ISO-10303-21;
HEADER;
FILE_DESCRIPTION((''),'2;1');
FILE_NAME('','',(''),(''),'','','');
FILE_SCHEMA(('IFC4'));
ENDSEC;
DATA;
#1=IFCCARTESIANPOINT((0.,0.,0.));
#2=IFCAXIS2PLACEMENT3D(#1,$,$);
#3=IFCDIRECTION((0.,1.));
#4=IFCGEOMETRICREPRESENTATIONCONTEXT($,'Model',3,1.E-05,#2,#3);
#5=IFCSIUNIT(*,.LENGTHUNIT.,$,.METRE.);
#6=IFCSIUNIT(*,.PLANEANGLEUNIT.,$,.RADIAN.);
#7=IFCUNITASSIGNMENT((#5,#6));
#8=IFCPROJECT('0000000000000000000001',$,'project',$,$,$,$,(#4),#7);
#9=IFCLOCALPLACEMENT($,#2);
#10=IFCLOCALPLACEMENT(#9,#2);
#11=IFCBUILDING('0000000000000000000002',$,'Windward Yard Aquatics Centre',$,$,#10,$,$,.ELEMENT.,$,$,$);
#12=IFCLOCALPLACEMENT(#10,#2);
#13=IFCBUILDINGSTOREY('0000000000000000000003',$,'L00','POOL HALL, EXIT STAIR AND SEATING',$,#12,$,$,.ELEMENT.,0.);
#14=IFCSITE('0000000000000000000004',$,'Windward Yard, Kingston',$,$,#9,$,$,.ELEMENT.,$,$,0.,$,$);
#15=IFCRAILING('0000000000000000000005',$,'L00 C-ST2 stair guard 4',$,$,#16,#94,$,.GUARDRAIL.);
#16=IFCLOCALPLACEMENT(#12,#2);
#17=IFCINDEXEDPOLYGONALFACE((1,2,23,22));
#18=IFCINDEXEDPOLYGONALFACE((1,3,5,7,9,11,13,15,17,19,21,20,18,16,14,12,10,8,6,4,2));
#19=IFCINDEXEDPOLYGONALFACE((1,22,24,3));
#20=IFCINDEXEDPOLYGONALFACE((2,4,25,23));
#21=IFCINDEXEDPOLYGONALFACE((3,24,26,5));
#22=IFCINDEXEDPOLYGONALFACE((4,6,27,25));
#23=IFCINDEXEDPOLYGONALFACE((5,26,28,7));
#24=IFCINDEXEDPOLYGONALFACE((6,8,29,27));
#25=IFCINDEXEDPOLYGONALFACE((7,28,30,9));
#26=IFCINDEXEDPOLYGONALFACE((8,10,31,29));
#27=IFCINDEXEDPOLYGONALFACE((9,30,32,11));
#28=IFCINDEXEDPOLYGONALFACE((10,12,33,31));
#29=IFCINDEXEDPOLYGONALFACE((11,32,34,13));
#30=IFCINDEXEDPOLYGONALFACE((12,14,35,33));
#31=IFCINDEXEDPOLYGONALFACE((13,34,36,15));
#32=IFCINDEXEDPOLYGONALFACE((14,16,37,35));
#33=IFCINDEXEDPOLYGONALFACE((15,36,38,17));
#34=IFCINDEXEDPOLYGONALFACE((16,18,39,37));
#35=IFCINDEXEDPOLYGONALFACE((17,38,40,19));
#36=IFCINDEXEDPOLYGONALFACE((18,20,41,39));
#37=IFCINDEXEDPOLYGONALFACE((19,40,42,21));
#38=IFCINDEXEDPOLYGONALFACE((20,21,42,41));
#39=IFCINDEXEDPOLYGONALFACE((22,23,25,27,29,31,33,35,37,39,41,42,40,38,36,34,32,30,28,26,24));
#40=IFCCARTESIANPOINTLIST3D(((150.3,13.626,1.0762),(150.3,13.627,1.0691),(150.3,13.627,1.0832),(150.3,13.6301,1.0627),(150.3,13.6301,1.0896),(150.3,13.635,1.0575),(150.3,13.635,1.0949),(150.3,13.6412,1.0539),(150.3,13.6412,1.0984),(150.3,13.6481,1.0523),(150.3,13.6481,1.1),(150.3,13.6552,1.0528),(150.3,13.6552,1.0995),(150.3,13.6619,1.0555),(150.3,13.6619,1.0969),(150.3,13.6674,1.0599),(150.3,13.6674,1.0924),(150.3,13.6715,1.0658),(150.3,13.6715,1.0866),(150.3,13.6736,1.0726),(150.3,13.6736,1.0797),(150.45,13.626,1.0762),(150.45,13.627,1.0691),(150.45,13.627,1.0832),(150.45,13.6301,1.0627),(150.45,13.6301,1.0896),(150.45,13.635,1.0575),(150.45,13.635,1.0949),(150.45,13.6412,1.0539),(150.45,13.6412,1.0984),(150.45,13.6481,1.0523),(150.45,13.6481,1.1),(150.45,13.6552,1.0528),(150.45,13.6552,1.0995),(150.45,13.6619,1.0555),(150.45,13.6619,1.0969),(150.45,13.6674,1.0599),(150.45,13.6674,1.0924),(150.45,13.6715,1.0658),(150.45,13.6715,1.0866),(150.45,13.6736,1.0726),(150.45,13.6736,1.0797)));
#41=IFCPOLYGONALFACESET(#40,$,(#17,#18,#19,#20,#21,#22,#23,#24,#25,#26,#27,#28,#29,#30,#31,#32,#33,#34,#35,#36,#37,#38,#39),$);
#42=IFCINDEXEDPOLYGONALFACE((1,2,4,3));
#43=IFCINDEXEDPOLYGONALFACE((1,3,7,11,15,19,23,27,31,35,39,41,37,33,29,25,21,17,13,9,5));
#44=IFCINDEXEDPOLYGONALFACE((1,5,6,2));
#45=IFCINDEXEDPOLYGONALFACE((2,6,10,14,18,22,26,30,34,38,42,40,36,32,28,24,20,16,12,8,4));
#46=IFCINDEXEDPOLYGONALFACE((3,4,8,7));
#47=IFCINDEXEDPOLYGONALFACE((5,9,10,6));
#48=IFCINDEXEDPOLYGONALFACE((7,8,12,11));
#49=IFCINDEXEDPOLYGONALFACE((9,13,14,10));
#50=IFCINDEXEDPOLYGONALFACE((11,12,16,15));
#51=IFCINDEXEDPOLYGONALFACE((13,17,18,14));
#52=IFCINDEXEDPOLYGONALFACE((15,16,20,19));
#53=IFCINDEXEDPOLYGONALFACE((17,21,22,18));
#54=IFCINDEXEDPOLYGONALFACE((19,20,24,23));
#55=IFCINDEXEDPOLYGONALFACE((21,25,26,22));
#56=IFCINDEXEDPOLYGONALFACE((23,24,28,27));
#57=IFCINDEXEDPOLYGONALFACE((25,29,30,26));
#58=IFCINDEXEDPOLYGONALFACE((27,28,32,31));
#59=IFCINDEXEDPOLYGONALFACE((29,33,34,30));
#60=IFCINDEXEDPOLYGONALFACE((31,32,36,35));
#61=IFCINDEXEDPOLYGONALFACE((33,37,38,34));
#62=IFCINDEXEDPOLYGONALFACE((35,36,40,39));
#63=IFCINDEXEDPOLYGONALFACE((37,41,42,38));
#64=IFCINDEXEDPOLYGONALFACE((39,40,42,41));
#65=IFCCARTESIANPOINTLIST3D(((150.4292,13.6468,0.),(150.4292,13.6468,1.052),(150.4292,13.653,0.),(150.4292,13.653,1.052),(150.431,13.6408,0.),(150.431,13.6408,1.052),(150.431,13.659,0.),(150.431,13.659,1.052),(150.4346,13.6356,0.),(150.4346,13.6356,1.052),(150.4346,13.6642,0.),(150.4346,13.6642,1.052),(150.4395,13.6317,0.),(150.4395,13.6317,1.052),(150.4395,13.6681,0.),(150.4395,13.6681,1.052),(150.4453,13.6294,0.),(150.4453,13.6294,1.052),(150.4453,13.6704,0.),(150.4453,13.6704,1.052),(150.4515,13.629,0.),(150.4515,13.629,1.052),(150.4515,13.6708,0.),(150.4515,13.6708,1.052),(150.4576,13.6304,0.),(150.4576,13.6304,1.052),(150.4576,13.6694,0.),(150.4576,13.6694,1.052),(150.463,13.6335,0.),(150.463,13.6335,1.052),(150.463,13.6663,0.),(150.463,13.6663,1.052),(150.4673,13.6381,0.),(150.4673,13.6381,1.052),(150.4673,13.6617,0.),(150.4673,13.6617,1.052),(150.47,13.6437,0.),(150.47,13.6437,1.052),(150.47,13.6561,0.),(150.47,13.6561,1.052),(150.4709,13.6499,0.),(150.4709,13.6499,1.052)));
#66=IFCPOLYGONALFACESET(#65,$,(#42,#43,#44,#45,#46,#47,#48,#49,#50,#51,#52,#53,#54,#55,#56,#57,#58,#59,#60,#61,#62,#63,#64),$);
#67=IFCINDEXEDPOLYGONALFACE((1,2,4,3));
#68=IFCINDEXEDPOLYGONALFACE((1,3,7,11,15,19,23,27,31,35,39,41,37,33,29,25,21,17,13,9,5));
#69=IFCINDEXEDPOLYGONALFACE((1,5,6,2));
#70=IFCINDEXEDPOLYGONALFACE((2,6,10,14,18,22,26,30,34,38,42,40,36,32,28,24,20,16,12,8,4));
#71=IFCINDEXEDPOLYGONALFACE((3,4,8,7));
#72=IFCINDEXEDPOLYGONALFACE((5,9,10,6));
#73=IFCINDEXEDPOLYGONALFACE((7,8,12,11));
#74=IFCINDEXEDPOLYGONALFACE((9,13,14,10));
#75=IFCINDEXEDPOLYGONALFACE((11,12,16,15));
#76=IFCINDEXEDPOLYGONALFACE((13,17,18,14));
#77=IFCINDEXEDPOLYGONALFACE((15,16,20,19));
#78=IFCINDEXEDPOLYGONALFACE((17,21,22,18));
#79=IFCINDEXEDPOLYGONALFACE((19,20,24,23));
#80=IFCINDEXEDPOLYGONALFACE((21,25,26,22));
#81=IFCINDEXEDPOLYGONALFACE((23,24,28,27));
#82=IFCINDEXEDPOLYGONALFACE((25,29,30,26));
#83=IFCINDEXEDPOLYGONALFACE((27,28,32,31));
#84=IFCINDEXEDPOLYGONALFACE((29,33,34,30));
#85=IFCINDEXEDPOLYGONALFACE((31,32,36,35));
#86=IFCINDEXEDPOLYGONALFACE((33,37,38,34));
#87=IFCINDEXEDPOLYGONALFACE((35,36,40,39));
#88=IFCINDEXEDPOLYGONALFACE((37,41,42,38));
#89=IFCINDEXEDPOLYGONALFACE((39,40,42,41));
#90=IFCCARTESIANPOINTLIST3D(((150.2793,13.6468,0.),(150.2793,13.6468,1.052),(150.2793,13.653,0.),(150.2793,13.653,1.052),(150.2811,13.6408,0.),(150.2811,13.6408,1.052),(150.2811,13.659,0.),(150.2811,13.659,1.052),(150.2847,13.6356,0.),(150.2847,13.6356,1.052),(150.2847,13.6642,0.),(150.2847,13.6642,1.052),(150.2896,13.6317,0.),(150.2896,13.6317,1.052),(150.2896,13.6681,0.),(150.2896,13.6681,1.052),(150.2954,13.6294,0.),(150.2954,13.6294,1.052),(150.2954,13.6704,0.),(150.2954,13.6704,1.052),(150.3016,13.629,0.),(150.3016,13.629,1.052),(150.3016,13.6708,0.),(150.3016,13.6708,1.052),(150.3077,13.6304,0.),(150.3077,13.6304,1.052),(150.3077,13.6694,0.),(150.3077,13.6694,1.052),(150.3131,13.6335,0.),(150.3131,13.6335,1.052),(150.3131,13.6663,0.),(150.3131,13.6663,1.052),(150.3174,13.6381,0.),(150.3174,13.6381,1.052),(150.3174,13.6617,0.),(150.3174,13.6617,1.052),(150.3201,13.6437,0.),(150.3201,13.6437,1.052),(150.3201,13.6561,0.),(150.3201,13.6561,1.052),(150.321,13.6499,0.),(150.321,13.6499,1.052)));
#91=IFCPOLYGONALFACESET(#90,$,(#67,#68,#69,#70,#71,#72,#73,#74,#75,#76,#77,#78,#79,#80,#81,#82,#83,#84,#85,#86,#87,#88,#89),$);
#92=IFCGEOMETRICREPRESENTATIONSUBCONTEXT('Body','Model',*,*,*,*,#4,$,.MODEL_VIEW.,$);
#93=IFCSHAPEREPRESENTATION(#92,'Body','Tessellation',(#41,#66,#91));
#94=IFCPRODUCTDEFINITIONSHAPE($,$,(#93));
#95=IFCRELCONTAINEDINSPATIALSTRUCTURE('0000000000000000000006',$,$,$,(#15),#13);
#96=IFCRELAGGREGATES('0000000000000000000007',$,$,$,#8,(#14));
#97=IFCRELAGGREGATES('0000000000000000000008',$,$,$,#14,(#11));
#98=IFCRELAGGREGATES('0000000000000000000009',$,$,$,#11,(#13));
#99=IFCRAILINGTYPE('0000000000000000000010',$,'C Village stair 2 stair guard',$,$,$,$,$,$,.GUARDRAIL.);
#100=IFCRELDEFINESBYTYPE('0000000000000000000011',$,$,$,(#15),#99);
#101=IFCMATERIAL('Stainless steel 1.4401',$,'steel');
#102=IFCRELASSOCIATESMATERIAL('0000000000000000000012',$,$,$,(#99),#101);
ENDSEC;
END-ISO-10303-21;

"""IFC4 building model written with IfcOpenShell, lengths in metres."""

from ifc_helpers import new_model, si_unit, direction, frame, origin, origin_2d, place, context, subcontext, project, spatial, circle, extrude, material, type_object, element, save


model = new_model("IFC4")

# Units and contexts
model_context = context("Model", 3, precision=1e-05, world=origin(), true_north=direction((0.0, 1.0)))
body_context = subcontext(model_context, "Body", "Model", "MODEL_VIEW")
ifc_project = project(units=[si_unit("LENGTHUNIT", "METRE"), si_unit("PLANEANGLEUNIT", "RADIAN")], contexts=[model_context])

# Site, building, storey
site_placement = place(None, origin())
site = spatial("IfcSite", under=ifc_project, at=site_placement, Name="Windward Yard, Kingston", CompositionType="ELEMENT", RefElevation=0.0)
building_placement = place(site_placement, origin())
building = spatial("IfcBuilding", under=site, at=building_placement, Name="Windward Yard Aquatics Centre", CompositionType="ELEMENT")
storey_placement = place(building_placement, origin())
storey = spatial("IfcBuildingStorey", under=building, at=storey_placement, Name="L00", Description="POOL HALL, EXIT STAIR AND SEATING", CompositionType="ELEMENT", Elevation=0.0)

# Railing
ifc_material_1 = material(Name="Stainless steel 1.4401", Category="steel")
railing_type_1 = type_object("IfcRailingType", Name="C Village stair 2 stair guard", PredefinedType="GUARDRAIL", material=ifc_material_1)
railing_1_placement = place(storey_placement, frame((150.45, 13.6499, 0.0)))
element("IfcRailing", 1, at=railing_1_placement, inside=storey, type_object=railing_type_1, Name="L00 C-ST2 stair guard 4", PredefinedType="GUARDRAIL", context=body_context, shape_type="SweptSolid", body=[
    extrude(circle(Radius=0.0239, at=origin_2d()), frame((0.0, 0.0, 1.0762), z_axis=(-1.0, 0.0, 0.0), x_axis=(0.0, -1.0, 0.0)), (0.0, 0.0, 1.0), 0.1499),
    extrude(circle(Radius=0.021, at=origin_2d()), origin(), (0.0, 0.0, 1.0), 1.052),
    extrude(circle(Radius=0.021, at=origin_2d()), frame((-0.1499, 0.0, 0.0)), (0.0, 0.0, 1.0), 1.052),
])

save(model, "model.ifc")
